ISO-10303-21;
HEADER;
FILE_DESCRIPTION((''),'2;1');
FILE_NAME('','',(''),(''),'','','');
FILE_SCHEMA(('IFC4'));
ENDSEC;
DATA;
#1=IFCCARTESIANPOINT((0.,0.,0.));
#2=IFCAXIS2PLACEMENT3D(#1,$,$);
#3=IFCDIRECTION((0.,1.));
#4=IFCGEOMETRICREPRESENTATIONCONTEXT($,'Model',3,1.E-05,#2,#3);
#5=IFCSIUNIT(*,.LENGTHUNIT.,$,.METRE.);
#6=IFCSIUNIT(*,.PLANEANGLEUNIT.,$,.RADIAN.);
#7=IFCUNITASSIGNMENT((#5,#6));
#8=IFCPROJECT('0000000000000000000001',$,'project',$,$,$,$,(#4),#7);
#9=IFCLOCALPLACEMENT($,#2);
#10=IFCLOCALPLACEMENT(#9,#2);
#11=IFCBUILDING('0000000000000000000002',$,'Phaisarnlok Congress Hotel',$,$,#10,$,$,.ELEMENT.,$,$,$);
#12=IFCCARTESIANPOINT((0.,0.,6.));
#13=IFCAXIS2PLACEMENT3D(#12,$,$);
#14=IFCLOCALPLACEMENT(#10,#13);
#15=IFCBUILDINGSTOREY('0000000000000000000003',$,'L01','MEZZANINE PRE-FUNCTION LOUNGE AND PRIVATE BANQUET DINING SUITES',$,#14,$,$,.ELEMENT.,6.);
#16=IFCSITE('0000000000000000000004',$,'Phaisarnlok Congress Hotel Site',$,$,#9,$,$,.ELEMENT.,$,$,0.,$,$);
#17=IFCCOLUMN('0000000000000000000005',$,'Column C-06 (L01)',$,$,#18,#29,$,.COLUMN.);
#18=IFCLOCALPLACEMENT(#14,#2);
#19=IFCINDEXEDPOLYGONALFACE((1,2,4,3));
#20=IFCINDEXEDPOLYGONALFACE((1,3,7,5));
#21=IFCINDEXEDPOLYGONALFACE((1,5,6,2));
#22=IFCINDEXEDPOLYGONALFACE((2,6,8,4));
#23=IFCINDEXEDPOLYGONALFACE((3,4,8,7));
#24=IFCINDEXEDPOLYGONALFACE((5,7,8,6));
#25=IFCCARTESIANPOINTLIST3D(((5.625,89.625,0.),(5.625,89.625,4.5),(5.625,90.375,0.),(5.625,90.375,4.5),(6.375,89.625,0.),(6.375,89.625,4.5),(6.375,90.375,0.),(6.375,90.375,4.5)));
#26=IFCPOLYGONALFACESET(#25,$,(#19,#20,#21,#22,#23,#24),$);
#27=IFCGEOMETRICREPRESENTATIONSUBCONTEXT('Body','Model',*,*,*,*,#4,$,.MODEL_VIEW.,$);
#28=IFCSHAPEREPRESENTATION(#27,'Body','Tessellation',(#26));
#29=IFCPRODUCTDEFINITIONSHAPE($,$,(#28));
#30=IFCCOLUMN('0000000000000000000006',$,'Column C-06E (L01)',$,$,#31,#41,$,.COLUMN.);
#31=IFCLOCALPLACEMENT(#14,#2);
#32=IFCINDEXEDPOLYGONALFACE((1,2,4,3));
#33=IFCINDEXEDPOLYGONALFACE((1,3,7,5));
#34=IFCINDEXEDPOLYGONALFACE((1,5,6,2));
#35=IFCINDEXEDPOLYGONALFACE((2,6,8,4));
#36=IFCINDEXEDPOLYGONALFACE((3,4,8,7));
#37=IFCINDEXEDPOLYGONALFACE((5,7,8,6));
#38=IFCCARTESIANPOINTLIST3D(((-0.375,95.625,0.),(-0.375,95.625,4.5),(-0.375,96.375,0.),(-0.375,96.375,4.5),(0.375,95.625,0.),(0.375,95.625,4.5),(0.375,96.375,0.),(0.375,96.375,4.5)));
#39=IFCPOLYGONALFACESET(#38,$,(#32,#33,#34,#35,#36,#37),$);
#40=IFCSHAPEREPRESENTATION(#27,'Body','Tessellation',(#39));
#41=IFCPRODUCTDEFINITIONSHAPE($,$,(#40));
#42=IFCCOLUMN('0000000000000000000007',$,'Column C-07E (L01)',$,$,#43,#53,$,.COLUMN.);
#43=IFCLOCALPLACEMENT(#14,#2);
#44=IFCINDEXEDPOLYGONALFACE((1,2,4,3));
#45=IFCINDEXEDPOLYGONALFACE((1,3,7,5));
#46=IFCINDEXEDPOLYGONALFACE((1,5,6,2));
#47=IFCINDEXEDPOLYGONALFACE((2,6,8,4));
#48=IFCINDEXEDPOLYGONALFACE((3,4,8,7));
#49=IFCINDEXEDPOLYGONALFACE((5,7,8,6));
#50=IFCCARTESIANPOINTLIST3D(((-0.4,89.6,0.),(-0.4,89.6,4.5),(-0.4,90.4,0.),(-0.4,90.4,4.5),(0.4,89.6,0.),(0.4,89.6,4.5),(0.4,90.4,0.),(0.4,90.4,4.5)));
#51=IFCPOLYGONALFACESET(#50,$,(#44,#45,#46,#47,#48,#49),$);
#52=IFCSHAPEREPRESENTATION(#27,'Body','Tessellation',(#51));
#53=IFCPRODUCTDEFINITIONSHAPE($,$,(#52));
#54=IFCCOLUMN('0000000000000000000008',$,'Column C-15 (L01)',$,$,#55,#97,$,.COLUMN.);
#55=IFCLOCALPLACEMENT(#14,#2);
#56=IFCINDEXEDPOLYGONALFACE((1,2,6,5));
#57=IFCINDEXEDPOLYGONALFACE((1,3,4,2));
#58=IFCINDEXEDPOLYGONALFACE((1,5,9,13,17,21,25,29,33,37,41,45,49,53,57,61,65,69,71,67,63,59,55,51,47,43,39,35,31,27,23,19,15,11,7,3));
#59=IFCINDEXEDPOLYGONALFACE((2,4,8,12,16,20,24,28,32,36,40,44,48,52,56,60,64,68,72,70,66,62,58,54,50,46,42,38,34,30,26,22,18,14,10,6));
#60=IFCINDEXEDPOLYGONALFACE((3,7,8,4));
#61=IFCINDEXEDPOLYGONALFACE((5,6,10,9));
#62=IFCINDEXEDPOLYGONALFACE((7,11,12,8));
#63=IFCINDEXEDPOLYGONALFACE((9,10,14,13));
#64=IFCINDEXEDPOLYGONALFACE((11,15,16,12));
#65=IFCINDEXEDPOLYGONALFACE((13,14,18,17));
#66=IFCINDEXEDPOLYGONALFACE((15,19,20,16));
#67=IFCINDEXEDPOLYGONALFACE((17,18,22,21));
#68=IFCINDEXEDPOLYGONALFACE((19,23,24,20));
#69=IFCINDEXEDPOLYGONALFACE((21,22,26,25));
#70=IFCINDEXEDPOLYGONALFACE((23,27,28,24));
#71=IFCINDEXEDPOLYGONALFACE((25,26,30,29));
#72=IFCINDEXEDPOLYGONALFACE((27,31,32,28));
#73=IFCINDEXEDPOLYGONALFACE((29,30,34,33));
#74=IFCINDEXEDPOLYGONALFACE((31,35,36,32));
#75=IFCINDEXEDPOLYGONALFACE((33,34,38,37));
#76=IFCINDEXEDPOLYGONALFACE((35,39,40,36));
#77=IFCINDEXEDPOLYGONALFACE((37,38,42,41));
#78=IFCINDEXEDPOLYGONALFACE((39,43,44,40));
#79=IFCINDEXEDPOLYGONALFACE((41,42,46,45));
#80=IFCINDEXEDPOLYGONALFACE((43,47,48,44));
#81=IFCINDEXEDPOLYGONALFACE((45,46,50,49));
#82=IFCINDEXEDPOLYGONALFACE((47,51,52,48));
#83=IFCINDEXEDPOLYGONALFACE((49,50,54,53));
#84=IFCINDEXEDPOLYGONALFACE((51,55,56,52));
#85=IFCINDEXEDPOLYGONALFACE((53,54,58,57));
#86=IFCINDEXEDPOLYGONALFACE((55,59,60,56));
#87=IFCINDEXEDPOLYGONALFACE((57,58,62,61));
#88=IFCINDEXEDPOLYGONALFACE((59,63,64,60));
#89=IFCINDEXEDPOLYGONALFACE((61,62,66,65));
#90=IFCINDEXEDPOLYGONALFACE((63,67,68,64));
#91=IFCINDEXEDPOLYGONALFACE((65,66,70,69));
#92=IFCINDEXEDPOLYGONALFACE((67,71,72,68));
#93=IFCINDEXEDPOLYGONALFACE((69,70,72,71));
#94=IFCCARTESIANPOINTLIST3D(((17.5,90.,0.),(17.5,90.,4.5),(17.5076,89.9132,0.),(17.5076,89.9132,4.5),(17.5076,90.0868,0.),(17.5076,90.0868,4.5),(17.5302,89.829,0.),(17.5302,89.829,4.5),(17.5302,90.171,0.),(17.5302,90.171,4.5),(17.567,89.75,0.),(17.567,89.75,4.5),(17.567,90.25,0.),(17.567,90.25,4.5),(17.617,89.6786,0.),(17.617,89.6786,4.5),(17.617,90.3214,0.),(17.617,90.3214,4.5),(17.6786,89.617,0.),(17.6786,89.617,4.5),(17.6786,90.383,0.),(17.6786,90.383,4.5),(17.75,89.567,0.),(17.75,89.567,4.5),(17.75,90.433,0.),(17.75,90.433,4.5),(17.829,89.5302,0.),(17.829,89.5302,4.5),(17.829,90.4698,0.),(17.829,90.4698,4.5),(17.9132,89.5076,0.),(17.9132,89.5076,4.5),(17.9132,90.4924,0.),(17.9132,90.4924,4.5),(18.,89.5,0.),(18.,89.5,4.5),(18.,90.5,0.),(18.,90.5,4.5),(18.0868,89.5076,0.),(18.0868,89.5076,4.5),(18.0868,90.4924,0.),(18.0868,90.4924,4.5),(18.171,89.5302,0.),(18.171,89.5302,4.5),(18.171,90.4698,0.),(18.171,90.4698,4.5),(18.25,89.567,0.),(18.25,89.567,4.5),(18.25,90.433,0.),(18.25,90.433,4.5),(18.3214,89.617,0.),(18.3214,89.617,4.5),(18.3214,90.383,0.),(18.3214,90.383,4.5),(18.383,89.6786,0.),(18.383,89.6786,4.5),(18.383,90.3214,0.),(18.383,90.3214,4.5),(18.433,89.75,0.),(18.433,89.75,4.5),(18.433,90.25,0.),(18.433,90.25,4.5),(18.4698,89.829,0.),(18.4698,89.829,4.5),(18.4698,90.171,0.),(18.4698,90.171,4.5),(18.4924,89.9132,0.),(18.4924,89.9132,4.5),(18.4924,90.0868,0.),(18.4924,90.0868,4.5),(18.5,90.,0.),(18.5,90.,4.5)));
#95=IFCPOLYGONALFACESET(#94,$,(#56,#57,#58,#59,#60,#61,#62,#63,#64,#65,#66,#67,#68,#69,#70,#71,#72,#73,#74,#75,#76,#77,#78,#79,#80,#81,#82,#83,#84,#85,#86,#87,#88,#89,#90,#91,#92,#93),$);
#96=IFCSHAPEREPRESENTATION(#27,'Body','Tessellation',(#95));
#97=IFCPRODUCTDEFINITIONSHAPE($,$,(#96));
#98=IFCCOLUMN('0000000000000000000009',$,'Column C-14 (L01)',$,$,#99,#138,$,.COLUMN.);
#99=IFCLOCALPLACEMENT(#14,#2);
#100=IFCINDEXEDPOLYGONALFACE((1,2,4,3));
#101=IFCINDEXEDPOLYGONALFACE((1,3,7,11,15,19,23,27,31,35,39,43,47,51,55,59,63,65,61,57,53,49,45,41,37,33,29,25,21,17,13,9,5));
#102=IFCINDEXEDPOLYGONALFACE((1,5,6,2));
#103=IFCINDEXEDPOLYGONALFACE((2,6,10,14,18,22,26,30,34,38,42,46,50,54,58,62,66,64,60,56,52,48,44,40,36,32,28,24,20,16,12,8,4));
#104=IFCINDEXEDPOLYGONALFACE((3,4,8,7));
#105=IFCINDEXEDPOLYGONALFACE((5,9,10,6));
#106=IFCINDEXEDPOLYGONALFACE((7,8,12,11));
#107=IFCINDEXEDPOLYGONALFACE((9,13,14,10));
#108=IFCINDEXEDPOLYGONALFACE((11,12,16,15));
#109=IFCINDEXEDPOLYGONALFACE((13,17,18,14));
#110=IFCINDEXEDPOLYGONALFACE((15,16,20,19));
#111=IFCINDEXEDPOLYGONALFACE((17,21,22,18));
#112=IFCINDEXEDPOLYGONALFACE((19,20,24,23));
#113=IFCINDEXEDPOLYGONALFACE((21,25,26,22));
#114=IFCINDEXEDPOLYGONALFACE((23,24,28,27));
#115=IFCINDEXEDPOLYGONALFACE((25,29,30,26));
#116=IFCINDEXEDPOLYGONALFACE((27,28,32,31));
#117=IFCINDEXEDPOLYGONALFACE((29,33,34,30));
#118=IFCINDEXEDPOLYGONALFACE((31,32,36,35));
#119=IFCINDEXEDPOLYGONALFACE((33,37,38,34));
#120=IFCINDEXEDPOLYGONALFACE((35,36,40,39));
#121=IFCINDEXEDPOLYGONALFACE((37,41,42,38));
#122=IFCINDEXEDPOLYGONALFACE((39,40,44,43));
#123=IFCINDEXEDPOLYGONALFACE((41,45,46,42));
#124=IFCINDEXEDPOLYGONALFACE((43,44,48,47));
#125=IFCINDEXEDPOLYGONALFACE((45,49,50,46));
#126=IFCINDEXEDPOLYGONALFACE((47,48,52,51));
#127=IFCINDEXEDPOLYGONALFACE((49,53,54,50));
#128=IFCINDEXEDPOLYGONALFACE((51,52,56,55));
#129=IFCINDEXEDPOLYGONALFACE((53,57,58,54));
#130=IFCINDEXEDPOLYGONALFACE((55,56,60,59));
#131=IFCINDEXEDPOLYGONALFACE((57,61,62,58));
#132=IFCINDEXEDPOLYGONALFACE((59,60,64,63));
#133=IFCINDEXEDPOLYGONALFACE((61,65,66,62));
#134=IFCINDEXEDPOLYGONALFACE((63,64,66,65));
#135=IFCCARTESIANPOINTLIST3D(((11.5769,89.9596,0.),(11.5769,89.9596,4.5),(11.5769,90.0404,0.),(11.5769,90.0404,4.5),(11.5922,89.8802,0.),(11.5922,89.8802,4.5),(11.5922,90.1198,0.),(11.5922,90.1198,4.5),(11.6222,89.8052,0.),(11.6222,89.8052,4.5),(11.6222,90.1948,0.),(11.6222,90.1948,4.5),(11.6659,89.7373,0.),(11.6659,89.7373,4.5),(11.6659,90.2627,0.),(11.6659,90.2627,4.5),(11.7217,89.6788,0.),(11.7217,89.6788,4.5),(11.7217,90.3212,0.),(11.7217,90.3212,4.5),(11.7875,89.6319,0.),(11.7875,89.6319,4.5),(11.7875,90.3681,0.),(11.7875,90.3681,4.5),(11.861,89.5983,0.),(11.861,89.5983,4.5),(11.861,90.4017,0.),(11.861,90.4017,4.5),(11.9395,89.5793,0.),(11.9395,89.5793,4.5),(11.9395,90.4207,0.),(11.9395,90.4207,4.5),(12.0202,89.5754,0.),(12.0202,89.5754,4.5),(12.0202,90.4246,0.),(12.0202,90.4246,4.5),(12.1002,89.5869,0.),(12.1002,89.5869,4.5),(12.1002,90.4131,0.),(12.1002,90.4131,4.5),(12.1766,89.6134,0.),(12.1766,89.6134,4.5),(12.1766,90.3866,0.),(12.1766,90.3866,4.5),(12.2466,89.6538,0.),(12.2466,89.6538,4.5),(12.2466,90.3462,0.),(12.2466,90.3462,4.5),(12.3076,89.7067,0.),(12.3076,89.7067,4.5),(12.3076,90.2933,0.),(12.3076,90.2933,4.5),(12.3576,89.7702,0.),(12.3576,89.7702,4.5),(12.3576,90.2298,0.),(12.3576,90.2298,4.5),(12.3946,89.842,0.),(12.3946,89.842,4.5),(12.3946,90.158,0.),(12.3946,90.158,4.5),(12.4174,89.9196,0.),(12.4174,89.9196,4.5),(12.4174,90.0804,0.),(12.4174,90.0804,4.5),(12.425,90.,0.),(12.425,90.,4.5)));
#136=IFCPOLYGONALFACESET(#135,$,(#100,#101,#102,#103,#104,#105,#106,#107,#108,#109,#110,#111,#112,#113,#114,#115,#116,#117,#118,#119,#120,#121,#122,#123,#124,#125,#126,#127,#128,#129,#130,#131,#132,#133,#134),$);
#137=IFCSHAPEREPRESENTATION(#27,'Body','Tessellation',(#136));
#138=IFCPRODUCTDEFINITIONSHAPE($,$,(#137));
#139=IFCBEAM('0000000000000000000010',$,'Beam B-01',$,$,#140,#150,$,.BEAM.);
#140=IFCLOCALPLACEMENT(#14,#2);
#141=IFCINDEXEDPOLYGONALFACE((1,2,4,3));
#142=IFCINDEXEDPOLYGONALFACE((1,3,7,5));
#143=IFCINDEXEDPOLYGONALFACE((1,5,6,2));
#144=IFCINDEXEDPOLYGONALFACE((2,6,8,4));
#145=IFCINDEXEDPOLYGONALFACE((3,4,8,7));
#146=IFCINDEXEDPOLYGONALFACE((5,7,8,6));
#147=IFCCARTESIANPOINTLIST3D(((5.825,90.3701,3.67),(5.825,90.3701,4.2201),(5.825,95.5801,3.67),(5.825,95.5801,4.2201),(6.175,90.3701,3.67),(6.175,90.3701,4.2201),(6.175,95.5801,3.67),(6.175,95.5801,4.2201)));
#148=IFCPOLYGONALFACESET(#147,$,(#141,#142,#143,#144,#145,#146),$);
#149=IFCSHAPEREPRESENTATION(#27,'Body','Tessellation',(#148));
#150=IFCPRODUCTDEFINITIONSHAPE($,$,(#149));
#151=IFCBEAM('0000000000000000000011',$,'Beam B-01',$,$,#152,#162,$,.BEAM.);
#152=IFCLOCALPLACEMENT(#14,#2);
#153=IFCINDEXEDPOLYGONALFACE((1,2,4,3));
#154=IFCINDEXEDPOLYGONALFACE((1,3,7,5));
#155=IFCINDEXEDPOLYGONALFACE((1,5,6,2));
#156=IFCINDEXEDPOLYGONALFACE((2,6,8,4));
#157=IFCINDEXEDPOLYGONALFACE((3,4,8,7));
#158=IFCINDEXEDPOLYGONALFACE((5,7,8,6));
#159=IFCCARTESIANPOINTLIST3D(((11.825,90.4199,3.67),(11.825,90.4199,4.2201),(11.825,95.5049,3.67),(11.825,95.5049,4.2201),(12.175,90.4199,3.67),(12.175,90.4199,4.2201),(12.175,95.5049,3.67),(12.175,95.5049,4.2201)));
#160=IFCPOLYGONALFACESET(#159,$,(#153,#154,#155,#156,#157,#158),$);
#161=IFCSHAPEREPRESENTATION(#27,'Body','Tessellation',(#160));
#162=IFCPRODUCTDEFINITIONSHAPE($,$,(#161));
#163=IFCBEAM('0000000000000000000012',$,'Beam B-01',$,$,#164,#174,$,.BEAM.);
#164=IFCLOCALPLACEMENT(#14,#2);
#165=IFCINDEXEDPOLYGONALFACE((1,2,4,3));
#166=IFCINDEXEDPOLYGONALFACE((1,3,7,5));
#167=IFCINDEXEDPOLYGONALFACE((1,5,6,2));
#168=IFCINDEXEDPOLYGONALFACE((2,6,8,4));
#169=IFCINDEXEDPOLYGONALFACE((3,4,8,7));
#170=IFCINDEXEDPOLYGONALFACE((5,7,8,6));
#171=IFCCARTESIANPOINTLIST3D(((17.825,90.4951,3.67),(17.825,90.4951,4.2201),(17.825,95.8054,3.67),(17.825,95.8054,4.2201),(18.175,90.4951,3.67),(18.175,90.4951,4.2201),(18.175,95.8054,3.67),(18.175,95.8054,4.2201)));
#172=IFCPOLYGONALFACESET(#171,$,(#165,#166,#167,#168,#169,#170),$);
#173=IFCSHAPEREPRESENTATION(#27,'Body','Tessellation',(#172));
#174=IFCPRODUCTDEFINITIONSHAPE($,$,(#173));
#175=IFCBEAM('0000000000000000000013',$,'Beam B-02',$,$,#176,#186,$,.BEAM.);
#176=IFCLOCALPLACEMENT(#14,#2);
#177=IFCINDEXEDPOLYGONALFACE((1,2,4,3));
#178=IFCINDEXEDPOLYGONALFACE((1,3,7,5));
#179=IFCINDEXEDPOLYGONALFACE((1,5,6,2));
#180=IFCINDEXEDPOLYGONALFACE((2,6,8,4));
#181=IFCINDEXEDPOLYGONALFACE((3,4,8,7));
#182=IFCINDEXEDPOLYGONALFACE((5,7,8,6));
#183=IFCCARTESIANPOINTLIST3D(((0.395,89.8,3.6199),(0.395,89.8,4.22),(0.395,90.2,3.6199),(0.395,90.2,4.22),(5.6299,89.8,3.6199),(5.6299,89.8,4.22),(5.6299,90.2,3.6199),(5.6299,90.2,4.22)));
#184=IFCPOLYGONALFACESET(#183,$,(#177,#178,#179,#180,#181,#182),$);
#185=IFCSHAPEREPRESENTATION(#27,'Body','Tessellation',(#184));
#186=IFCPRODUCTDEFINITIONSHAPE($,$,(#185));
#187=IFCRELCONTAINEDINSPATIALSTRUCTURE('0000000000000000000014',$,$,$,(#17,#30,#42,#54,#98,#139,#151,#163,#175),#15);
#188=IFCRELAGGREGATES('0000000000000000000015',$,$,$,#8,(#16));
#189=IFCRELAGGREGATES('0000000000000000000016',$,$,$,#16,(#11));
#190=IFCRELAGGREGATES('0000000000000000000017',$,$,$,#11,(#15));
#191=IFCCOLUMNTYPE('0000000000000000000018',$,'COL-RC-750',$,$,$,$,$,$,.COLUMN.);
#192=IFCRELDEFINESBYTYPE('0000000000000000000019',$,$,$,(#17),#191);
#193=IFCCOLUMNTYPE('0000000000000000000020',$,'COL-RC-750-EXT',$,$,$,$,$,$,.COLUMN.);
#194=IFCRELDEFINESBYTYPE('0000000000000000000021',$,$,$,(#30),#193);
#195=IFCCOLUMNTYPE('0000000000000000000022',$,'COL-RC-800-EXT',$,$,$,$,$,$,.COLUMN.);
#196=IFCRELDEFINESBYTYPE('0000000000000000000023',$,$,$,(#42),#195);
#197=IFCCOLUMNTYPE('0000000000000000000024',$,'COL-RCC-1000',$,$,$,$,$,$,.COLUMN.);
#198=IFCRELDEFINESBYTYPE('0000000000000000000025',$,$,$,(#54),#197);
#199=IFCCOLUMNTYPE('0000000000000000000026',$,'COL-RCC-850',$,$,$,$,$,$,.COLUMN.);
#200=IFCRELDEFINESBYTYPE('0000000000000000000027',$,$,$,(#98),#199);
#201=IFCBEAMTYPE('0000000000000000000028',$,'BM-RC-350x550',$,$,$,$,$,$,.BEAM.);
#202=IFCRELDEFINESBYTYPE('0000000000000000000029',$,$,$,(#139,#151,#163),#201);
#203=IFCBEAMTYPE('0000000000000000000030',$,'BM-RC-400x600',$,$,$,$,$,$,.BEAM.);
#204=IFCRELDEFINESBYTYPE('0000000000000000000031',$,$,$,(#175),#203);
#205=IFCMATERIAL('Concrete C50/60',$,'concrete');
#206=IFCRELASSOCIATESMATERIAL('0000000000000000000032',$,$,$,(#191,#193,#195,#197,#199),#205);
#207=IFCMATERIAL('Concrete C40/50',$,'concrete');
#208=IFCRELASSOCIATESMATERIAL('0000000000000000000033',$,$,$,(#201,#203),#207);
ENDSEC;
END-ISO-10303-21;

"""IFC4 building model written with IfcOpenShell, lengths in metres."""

from ifc_helpers import new_model, si_unit, direction, frame, origin, origin_2d, place, context, subcontext, project, spatial, rectangle, circle, extrude, material, material_profile, profile_set, type_object, element, save


model = new_model("IFC4")

# Units and contexts
model_context = context("Model", 3, precision=1e-05, world=origin(), true_north=direction((0.0, 1.0)))
body_context = subcontext(model_context, "Body", "Model", "MODEL_VIEW")
ifc_project = project(units=[si_unit("LENGTHUNIT", "METRE"), si_unit("PLANEANGLEUNIT", "RADIAN")], contexts=[model_context])

# Site, building, storey
site_placement = place(None, origin())
site = spatial("IfcSite", under=ifc_project, at=site_placement, Name="Phaisarnlok Congress Hotel Site", CompositionType="ELEMENT", RefElevation=0.0)
building_placement = place(site_placement, origin())
building = spatial("IfcBuilding", under=site, at=building_placement, Name="Phaisarnlok Congress Hotel", CompositionType="ELEMENT")
storey_placement = place(building_placement, frame((0.0, 0.0, 6.0)))
storey = spatial("IfcBuildingStorey", under=building, at=storey_placement, Name="L01", Description="MEZZANINE PRE-FUNCTION LOUNGE AND PRIVATE BANQUET DINING SUITES", CompositionType="ELEMENT", Elevation=6.0)

# Columns
ifc_material_1 = material(Name="Concrete C50/60", Category="concrete")
ifc_material_profile_1 = material_profile(ifc_material_1, rectangle(XDim=0.75, YDim=0.75, at=origin_2d()), Name="RC 750x750")
ifc_profile_set_1 = profile_set([ifc_material_profile_1], Name="Concrete C50/60")
column_type_1 = type_object("IfcColumnType", Name="COL-RC-750", PredefinedType="COLUMN", material=ifc_profile_set_1)
column_1_placement = place(storey_placement, frame((6.0, 90.0, 0.0), z_axis=(0.0, 0.0, 1.0), x_axis=(1.0, 0.0, 0.0)))
element("IfcColumn", 1, at=column_1_placement, inside=storey, type_object=column_type_1, Name="Column C-06 (L01)", PredefinedType="COLUMN", context=body_context, shape_type="SweptSolid", body=[
    extrude(rectangle(XDim=0.75, YDim=0.75, at=origin_2d()), origin(), (0.0, 0.0, 1.0), 4.5),
])
ifc_material_profile_2 = material_profile(ifc_material_1, rectangle(XDim=0.75, YDim=0.75, at=origin_2d()), Name="RC 750x750")
ifc_profile_set_2 = profile_set([ifc_material_profile_2], Name="Concrete C50/60")
column_type_2 = type_object("IfcColumnType", Name="COL-RC-750-EXT", PredefinedType="COLUMN", material=ifc_profile_set_2)
column_2_placement = place(storey_placement, frame((0.0, 96.0, 0.0), z_axis=(0.0, 0.0, 1.0), x_axis=(1.0, 0.0, 0.0)))
element("IfcColumn", 2, at=column_2_placement, inside=storey, type_object=column_type_2, Name="Column C-06E (L01)", PredefinedType="COLUMN", context=body_context, shape_type="SweptSolid", body=[
    extrude(rectangle(XDim=0.75, YDim=0.75, at=origin_2d()), origin(), (0.0, 0.0, 1.0), 4.5),
])
ifc_material_profile_3 = material_profile(ifc_material_1, rectangle(XDim=0.8, YDim=0.8, at=origin_2d()), Name="RC 800x800")
ifc_profile_set_3 = profile_set([ifc_material_profile_3], Name="Concrete C50/60")
column_type_3 = type_object("IfcColumnType", Name="COL-RC-800-EXT", PredefinedType="COLUMN", material=ifc_profile_set_3)
column_3_placement = place(storey_placement, frame((0.0, 90.0, 0.0), z_axis=(0.0, 0.0, 1.0), x_axis=(1.0, 0.0, 0.0)))
element("IfcColumn", 3, at=column_3_placement, inside=storey, type_object=column_type_3, Name="Column C-07E (L01)", PredefinedType="COLUMN", context=body_context, shape_type="SweptSolid", body=[
    extrude(rectangle(XDim=0.8, YDim=0.8, at=origin_2d()), origin(), (0.0, 0.0, 1.0), 4.5),
])
ifc_material_profile_4 = material_profile(ifc_material_1, circle(Radius=0.5, at=origin_2d()), Name="RCC D1000")
ifc_profile_set_4 = profile_set([ifc_material_profile_4], Name="Concrete C50/60")
column_type_4 = type_object("IfcColumnType", Name="COL-RCC-1000", PredefinedType="COLUMN", material=ifc_profile_set_4)
column_4_placement = place(storey_placement, frame((18.0, 90.0, 0.0), z_axis=(0.0, 0.0, 1.0), x_axis=(1.0, 0.0, 0.0)))
element("IfcColumn", 4, at=column_4_placement, inside=storey, type_object=column_type_4, Name="Column C-15 (L01)", PredefinedType="COLUMN", context=body_context, shape_type="SweptSolid", body=[
    extrude(circle(Radius=0.5, at=origin_2d()), origin(), (0.0, 0.0, 1.0), 4.5),
])
ifc_material_profile_5 = material_profile(ifc_material_1, circle(Radius=0.425, at=origin_2d()), Name="RCC D850")
ifc_profile_set_5 = profile_set([ifc_material_profile_5], Name="Concrete C50/60")
column_type_5 = type_object("IfcColumnType", Name="COL-RCC-850", PredefinedType="COLUMN", material=ifc_profile_set_5)
column_5_placement = place(storey_placement, frame((12.0, 90.0, 0.0), z_axis=(0.0, 0.0, 1.0), x_axis=(1.0, 0.0, 0.0)))
element("IfcColumn", 5, at=column_5_placement, inside=storey, type_object=column_type_5, Name="Column C-14 (L01)", PredefinedType="COLUMN", context=body_context, shape_type="SweptSolid", body=[
    extrude(circle(Radius=0.425, at=origin_2d()), origin(), (0.0, 0.0, 1.0), 4.5),
])

# Beams
ifc_material_2 = material(Name="Concrete C40/50", Category="concrete")
ifc_material_profile_6 = material_profile(ifc_material_2, rectangle(XDim=0.3501, YDim=0.55, at=origin_2d()), Name="RC 350x550")
ifc_profile_set_6 = profile_set([ifc_material_profile_6], Name="Concrete C40/50")
beam_type_1 = type_object("IfcBeamType", Name="BM-RC-350x550", PredefinedType="BEAM", material=ifc_profile_set_6)
beam_1_placement = place(storey_placement, frame((6.0, 90.3701, 3.9451), z_axis=(0.0, 1.0, 0.0), x_axis=(-1.0, 0.0, 0.0)))
element("IfcBeam", 6, at=beam_1_placement, inside=storey, type_object=beam_type_1, Name="Beam B-01", PredefinedType="BEAM", context=body_context, shape_type="SweptSolid", body=[
    extrude(rectangle(XDim=0.3501, YDim=0.55, at=origin_2d()), origin(), (0.0, 0.0, 1.0), 5.21),
])
beam_2_placement = place(storey_placement, frame((12.0, 90.4199, 3.9451), z_axis=(0.0, 1.0, 0.0), x_axis=(-1.0, 0.0, 0.0)))
element("IfcBeam", 7, at=beam_2_placement, inside=storey, type_object=beam_type_1, Name="Beam B-01", PredefinedType="BEAM", context=body_context, shape_type="SweptSolid", body=[
    extrude(rectangle(XDim=0.3501, YDim=0.55, at=origin_2d()), origin(), (0.0, 0.0, 1.0), 5.085),
])
beam_3_placement = place(storey_placement, frame((18.0, 90.4951, 3.9451), z_axis=(0.0, 1.0, 0.0), x_axis=(-1.0, 0.0, 0.0)))
element("IfcBeam", 8, at=beam_3_placement, inside=storey, type_object=beam_type_1, Name="Beam B-01", PredefinedType="BEAM", context=body_context, shape_type="SweptSolid", body=[
    extrude(rectangle(XDim=0.3501, YDim=0.55, at=origin_2d()), origin(), (0.0, 0.0, 1.0), 5.3103),
])
ifc_material_profile_7 = material_profile(ifc_material_2, rectangle(XDim=0.3999, YDim=0.6001, at=origin_2d()), Name="RC 400x600")
ifc_profile_set_7 = profile_set([ifc_material_profile_7], Name="Concrete C40/50")
beam_type_2 = type_object("IfcBeamType", Name="BM-RC-400x600", PredefinedType="BEAM", material=ifc_profile_set_7)
beam_4_placement = place(storey_placement, frame((0.395, 90.0, 3.9199), z_axis=(1.0, 0.0, 0.0), x_axis=(0.0, 1.0, 0.0)))
element("IfcBeam", 9, at=beam_4_placement, inside=storey, type_object=beam_type_2, Name="Beam B-02", PredefinedType="BEAM", context=body_context, shape_type="SweptSolid", body=[
    extrude(rectangle(XDim=0.3999, YDim=0.6001, at=origin_2d()), origin(), (0.0, 0.0, 1.0), 5.2349),
])

save(model, "model.ifc")
